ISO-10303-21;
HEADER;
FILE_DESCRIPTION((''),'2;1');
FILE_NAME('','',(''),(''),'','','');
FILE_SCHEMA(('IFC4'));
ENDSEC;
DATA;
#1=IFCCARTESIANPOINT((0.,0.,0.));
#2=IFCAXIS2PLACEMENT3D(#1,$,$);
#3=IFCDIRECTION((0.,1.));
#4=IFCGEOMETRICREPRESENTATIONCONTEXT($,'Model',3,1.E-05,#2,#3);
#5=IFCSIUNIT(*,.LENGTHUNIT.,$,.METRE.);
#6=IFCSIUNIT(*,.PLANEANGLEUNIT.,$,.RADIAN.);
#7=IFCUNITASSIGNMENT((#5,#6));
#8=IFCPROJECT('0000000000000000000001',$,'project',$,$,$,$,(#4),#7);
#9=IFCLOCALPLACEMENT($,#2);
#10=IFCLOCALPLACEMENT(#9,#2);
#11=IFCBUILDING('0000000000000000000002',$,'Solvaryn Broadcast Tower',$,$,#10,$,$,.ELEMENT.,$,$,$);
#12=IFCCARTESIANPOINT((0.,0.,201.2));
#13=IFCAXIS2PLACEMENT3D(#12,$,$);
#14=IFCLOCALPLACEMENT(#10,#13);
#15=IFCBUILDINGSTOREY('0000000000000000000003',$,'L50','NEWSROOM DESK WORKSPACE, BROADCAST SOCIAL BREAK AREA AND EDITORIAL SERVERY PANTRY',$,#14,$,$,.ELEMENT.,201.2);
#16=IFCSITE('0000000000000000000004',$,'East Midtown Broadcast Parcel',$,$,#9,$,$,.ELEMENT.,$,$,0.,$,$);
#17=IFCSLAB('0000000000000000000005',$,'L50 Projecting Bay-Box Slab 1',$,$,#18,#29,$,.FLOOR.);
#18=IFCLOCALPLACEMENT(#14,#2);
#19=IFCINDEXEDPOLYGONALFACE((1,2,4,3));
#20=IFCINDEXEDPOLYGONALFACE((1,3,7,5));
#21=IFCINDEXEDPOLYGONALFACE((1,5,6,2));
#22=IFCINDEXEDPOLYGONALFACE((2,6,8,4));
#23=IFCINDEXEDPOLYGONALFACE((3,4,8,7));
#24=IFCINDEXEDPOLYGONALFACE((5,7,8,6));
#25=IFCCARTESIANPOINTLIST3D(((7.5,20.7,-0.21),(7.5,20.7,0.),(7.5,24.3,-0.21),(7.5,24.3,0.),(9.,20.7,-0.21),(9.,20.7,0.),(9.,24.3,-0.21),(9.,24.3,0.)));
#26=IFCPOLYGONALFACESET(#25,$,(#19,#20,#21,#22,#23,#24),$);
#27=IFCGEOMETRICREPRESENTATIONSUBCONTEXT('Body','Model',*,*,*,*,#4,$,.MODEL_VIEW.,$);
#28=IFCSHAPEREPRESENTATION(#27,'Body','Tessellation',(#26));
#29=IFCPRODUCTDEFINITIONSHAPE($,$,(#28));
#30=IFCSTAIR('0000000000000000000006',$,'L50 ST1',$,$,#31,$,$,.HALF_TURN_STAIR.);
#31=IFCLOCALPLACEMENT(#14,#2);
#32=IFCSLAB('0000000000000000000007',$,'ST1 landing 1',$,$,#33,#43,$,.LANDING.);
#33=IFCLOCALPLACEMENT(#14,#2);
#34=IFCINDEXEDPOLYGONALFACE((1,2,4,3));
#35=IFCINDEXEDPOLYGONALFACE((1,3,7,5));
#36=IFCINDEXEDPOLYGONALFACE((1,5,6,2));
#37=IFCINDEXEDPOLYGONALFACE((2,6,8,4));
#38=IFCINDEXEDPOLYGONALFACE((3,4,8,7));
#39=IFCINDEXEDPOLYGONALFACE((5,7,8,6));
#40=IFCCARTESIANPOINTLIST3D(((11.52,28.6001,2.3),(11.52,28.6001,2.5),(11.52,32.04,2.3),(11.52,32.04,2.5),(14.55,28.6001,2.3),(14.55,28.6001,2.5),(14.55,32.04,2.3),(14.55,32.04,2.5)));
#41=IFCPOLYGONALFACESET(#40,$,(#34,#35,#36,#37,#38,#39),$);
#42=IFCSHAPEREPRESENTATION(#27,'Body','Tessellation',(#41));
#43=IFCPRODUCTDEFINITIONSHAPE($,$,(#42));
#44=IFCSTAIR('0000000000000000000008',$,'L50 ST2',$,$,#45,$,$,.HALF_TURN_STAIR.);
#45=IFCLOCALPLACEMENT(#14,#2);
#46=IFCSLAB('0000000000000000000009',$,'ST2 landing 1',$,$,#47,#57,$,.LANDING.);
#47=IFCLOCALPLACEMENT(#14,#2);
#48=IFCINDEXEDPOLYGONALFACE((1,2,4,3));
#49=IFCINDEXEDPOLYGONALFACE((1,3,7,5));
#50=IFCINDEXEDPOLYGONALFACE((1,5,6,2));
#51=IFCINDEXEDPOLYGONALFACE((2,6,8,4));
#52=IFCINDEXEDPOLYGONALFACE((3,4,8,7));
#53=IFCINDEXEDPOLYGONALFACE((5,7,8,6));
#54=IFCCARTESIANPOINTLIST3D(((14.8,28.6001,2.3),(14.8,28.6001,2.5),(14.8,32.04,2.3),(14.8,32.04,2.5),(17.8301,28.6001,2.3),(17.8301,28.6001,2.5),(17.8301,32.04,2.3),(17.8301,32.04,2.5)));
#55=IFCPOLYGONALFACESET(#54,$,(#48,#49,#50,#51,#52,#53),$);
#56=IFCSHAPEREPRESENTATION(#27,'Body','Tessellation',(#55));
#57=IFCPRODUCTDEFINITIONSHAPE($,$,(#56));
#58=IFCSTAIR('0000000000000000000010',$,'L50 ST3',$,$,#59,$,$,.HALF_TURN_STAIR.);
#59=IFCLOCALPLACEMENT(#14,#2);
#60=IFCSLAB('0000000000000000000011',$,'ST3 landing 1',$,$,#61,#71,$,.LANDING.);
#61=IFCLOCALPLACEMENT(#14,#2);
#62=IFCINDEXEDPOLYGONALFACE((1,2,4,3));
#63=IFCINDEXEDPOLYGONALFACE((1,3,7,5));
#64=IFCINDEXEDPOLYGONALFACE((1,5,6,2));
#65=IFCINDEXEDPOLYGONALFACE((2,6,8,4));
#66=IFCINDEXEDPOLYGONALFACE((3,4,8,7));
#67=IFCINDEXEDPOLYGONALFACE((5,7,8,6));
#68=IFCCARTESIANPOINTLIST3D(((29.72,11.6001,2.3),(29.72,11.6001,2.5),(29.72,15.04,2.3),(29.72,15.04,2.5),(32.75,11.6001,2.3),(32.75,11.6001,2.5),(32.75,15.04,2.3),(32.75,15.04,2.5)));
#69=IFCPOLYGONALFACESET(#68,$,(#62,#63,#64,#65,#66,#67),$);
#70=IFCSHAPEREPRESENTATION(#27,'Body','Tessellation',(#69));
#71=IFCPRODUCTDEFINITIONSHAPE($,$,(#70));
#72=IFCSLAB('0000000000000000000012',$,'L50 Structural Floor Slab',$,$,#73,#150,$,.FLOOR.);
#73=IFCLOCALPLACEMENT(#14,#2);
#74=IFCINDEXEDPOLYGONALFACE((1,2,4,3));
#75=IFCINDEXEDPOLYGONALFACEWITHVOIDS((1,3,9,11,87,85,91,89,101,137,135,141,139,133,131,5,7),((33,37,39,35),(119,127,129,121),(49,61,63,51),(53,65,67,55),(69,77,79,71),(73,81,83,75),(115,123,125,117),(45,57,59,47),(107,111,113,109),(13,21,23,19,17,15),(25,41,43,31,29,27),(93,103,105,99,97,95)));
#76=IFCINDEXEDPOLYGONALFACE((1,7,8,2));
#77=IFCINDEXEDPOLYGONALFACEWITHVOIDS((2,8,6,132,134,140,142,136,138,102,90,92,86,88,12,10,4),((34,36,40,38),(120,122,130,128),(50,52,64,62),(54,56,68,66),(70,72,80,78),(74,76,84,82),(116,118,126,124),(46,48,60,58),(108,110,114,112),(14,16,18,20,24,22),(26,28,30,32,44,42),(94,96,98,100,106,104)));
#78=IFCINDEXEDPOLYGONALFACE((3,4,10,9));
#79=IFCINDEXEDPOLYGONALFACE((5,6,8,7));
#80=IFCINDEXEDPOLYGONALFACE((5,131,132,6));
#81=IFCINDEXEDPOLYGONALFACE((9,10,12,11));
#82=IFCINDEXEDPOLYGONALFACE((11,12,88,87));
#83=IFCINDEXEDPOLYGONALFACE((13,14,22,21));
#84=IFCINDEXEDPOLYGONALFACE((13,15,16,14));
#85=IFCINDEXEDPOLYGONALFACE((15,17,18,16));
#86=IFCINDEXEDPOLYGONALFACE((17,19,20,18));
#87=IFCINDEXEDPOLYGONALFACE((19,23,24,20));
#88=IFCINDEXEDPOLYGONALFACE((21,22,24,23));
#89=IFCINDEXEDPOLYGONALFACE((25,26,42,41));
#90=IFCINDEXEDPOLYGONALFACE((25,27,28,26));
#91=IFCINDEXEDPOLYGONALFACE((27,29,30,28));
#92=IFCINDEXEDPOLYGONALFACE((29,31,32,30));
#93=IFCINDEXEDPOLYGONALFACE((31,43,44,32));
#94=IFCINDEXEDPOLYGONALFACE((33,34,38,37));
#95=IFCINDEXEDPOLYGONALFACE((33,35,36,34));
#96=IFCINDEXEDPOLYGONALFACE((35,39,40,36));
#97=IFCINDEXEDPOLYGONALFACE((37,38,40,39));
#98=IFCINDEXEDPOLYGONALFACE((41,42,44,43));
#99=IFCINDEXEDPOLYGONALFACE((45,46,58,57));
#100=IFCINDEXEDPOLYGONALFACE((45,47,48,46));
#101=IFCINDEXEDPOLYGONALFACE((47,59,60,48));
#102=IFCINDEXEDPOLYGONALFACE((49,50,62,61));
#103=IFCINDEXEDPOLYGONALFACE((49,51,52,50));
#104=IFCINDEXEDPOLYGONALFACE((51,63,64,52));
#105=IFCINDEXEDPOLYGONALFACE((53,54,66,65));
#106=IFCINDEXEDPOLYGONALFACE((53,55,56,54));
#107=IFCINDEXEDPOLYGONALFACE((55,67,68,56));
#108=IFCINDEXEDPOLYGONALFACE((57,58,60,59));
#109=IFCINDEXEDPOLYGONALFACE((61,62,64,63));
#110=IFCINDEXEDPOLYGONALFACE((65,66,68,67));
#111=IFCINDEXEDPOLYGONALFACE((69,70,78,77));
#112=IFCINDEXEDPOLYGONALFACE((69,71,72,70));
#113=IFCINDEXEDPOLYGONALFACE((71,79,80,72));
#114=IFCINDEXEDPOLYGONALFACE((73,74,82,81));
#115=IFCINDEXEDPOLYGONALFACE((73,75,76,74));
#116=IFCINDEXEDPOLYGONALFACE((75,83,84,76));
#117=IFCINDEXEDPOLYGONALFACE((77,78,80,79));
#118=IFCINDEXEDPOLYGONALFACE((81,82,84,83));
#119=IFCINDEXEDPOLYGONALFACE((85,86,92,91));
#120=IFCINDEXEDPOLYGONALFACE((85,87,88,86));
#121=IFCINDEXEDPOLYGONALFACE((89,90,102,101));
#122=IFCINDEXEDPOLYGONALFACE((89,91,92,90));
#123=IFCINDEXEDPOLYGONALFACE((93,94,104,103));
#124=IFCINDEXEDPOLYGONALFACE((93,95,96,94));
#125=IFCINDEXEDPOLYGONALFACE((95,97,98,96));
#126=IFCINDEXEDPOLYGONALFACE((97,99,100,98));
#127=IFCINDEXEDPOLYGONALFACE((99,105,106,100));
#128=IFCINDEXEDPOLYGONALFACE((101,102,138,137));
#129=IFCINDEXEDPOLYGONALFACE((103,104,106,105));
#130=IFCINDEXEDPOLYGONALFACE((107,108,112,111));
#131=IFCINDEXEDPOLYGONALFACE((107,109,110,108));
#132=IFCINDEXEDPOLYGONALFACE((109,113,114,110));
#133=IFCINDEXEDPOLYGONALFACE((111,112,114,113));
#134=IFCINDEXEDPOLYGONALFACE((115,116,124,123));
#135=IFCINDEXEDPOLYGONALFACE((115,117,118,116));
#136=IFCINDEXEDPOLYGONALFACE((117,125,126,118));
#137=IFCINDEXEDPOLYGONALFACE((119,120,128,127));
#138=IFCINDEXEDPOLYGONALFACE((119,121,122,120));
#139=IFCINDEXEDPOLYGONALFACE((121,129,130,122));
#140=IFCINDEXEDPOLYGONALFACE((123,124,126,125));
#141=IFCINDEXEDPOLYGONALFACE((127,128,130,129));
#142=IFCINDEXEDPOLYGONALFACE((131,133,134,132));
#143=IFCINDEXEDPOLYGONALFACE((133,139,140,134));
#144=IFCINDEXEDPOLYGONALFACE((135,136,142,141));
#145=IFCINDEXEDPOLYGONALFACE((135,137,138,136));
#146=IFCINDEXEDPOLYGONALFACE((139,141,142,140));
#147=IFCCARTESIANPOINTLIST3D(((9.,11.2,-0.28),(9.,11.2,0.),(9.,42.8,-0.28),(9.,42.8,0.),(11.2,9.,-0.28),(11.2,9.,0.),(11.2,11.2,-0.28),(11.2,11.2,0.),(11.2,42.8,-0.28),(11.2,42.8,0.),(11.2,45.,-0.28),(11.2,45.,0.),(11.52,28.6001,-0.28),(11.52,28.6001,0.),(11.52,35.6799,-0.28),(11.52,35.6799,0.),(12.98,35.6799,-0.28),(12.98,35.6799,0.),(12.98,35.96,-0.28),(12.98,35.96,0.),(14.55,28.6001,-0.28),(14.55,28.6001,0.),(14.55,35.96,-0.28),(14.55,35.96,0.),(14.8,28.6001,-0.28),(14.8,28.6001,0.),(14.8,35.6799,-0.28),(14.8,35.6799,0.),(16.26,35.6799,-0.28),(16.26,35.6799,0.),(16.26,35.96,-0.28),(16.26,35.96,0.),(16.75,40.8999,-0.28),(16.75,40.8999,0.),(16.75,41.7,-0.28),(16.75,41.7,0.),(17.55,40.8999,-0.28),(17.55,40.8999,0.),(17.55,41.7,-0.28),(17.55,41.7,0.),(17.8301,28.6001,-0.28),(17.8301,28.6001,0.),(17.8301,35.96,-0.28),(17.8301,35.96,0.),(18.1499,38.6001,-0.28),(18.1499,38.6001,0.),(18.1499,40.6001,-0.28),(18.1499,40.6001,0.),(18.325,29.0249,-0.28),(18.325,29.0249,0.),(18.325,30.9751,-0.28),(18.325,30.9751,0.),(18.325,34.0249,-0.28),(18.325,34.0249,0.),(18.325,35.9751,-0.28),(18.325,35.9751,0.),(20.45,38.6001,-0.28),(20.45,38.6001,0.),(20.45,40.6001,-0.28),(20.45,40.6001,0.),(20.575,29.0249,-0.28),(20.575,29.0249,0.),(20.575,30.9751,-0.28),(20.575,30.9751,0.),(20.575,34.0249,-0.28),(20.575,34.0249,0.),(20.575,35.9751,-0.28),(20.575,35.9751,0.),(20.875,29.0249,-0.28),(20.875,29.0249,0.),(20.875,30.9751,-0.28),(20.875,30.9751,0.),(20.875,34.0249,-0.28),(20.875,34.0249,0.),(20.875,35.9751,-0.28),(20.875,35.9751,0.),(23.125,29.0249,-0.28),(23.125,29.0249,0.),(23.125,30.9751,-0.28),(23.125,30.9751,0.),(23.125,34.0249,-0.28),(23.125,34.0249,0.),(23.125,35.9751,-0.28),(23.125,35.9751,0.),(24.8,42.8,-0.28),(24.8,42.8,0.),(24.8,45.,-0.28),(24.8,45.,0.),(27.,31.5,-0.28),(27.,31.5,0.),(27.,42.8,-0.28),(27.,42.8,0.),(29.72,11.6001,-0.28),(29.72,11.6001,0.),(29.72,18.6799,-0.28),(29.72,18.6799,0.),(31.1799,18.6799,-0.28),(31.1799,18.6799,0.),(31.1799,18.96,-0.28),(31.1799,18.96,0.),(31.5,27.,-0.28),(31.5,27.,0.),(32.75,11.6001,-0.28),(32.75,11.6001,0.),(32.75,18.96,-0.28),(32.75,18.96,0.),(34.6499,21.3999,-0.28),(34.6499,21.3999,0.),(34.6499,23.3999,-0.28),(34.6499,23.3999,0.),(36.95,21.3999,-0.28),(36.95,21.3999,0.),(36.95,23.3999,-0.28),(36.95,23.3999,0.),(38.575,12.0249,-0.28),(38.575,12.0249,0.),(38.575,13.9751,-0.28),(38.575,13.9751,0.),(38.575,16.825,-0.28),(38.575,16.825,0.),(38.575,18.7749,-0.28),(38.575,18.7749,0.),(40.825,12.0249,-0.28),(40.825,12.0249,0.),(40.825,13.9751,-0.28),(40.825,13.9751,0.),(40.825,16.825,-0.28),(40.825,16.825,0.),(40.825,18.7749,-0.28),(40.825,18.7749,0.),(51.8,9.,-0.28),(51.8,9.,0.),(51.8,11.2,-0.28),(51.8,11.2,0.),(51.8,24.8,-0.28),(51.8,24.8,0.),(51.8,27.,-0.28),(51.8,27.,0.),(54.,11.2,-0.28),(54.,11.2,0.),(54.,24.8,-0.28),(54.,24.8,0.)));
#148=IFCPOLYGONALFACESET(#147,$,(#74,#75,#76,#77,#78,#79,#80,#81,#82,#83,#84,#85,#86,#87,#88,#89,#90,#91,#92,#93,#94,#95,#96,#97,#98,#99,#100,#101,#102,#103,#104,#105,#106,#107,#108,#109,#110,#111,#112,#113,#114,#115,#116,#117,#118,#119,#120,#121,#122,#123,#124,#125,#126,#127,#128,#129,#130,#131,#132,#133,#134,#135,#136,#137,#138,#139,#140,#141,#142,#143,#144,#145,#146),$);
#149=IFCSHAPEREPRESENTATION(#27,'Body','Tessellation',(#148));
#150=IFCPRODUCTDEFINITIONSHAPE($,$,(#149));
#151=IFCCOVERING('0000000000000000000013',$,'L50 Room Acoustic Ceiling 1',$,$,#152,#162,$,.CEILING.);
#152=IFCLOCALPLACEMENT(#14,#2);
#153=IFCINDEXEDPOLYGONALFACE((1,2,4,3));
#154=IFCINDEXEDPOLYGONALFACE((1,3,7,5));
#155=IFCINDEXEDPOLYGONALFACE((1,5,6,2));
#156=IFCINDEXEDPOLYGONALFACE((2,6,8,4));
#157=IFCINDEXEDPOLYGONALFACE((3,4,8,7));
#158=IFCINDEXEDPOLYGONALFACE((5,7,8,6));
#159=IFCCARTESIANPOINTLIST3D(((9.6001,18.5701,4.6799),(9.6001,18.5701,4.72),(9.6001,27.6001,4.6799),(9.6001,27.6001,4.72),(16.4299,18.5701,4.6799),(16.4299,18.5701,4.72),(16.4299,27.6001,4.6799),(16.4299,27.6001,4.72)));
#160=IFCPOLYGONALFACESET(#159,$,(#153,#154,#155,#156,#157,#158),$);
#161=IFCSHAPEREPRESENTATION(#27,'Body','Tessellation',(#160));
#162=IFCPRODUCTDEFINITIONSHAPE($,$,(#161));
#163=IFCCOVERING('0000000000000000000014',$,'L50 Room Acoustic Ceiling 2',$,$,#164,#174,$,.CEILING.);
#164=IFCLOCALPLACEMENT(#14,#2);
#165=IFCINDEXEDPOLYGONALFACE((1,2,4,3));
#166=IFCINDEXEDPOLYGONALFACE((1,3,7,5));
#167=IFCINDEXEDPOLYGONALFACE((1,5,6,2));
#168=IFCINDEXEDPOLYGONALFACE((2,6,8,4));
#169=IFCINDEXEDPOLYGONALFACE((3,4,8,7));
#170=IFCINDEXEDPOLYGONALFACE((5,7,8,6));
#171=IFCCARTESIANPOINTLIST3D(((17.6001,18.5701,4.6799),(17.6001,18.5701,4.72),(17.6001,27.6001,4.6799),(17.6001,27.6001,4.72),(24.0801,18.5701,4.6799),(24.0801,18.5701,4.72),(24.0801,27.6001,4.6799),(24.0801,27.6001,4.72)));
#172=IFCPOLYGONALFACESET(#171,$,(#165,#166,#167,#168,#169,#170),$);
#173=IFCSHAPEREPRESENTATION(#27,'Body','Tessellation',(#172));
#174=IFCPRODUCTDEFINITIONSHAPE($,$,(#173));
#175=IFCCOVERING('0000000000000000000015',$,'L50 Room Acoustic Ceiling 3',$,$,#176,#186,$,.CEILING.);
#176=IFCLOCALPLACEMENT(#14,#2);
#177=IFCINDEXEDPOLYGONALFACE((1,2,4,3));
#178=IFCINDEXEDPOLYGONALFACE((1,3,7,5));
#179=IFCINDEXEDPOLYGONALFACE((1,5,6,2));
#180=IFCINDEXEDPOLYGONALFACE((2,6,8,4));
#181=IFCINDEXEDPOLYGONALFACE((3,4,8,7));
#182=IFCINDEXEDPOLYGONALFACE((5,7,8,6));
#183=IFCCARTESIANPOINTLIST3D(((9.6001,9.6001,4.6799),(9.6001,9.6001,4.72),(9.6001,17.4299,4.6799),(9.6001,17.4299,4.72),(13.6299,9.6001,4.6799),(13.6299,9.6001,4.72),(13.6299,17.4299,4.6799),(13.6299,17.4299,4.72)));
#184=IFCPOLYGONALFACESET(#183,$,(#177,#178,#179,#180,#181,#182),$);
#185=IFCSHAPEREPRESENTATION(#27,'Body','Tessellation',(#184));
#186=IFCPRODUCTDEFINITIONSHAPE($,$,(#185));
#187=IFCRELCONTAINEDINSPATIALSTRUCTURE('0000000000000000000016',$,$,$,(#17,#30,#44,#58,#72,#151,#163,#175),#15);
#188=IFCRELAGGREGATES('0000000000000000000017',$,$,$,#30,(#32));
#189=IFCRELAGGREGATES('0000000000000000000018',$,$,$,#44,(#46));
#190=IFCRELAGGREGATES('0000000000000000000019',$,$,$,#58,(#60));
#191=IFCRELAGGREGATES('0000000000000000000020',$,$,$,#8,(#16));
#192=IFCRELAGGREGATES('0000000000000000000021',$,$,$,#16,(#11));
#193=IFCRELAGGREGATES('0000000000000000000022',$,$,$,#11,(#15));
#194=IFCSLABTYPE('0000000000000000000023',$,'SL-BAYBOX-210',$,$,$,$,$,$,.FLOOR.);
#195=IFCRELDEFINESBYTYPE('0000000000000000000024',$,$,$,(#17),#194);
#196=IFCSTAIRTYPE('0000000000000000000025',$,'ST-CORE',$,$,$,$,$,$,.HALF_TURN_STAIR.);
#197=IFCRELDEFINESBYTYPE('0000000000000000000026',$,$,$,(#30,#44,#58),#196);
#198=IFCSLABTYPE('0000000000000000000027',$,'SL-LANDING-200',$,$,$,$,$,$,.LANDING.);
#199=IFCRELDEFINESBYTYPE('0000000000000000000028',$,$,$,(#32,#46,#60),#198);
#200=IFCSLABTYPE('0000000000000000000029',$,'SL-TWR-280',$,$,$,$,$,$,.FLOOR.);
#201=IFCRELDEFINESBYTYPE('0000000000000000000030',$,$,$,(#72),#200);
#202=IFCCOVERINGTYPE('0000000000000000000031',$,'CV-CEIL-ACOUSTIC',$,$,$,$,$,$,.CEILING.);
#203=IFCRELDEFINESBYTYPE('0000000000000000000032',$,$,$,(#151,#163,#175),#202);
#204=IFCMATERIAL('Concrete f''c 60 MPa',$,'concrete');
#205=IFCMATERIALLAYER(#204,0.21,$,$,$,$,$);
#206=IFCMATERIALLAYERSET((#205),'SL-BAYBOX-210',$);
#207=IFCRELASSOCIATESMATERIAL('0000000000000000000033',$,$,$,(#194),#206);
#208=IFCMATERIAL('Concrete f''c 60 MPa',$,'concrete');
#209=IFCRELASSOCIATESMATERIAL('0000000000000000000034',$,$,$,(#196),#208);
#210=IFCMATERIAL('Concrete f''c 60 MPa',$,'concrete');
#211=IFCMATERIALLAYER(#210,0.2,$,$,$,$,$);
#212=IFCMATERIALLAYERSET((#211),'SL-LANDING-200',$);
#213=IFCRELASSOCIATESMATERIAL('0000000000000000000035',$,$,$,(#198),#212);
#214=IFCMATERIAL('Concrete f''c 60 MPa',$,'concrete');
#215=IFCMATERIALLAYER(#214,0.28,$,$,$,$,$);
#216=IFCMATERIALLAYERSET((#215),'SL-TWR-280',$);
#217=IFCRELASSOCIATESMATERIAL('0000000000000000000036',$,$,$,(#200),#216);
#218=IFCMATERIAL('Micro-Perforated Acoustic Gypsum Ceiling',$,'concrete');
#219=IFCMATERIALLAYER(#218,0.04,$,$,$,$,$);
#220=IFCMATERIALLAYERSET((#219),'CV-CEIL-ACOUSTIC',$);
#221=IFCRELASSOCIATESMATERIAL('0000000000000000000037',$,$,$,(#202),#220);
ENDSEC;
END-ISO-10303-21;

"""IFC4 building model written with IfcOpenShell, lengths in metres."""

from ifc_helpers import new_model, si_unit, direction, frame, origin, place, context, subcontext, project, spatial, polyline, outline, extrude, material, layer, layer_set, type_object, element, aggregate, save


model = new_model("IFC4")

# Units and contexts
model_context = context("Model", 3, precision=1e-05, world=origin(), true_north=direction((0.0, 1.0)))
body_context = subcontext(model_context, "Body", "Model", "MODEL_VIEW")
ifc_project = project(units=[si_unit("LENGTHUNIT", "METRE"), si_unit("PLANEANGLEUNIT", "RADIAN")], contexts=[model_context])

# Site, building, storey
site_placement = place(None, origin())
site = spatial("IfcSite", under=ifc_project, at=site_placement, Name="East Midtown Broadcast Parcel", CompositionType="ELEMENT", RefElevation=0.0)
building_placement = place(site_placement, origin())
building = spatial("IfcBuilding", under=site, at=building_placement, Name="Solvaryn Broadcast Tower", CompositionType="ELEMENT")
storey_placement = place(building_placement, frame((0.0, 0.0, 201.2)))
storey = spatial("IfcBuildingStorey", under=building, at=storey_placement, Name="L50", Description="NEWSROOM DESK WORKSPACE, BROADCAST SOCIAL BREAK AREA AND EDITORIAL SERVERY PANTRY", CompositionType="ELEMENT", Elevation=201.2)

# Slab
ifc_material_1 = material(Name="Concrete f'c 60 MPa", Category="concrete")
ifc_layer_1 = layer(ifc_material_1, 0.21)
ifc_layer_set_1 = layer_set([ifc_layer_1], Name="SL-BAYBOX-210")
slab_type_1 = type_object("IfcSlabType", Name="SL-BAYBOX-210", PredefinedType="FLOOR", material=ifc_layer_set_1)
slab_1_placement = place(storey_placement, frame((0.0, 0.0, -0.21)))
element("IfcSlab", 1, at=slab_1_placement, inside=storey, type_object=slab_type_1, Name="L50 Projecting Bay-Box Slab 1", PredefinedType="FLOOR", context=body_context, shape_type="SweptSolid", body=[
    extrude(outline(polyline([(7.5, 20.7), (9.0, 20.7), (9.0, 24.3), (7.5, 24.3), (7.5, 20.7)])), origin(), (0.0, 0.0, 1.0), 0.21),
])

# Stairs, slabs
ifc_material_2 = material(Name="Concrete f'c 60 MPa", Category="concrete")
stair_type = type_object("IfcStairType", Name="ST-CORE", PredefinedType="HALF_TURN_STAIR", material=ifc_material_2)
stair_1_placement = place(storey_placement, origin())
stair_1 = element("IfcStair", 2, at=stair_1_placement, inside=storey, type_object=stair_type, Name="L50 ST1", PredefinedType="HALF_TURN_STAIR")
ifc_material_3 = material(Name="Concrete f'c 60 MPa", Category="concrete")
ifc_layer_2 = layer(ifc_material_3, 0.2)
ifc_layer_set_2 = layer_set([ifc_layer_2], Name="SL-LANDING-200")
slab_type_2 = type_object("IfcSlabType", Name="SL-LANDING-200", PredefinedType="LANDING", material=ifc_layer_set_2)
slab_2_placement = place(storey_placement, frame((0.0, 0.0, 2.3)))
slab_2 = element("IfcSlab", 3, at=slab_2_placement, type_object=slab_type_2, Name="ST1 landing 1", PredefinedType="LANDING", context=body_context, shape_type="SweptSolid", body=[
    extrude(outline(polyline([(11.52, 32.04), (11.52, 28.6001), (14.55, 28.6001), (14.55, 32.04), (11.52, 32.04)])), origin(), (0.0, 0.0, 1.0), 0.2),
])
aggregate(stair_1, [slab_2])
stair_2_placement = place(storey_placement, origin())
stair_2 = element("IfcStair", 4, at=stair_2_placement, inside=storey, type_object=stair_type, Name="L50 ST2", PredefinedType="HALF_TURN_STAIR")
slab_3_placement = place(storey_placement, frame((0.0, 0.0, 2.3)))
slab_3 = element("IfcSlab", 5, at=slab_3_placement, type_object=slab_type_2, Name="ST2 landing 1", PredefinedType="LANDING", context=body_context, shape_type="SweptSolid", body=[
    extrude(outline(polyline([(14.8, 32.04), (14.8, 28.6001), (17.8301, 28.6001), (17.8301, 32.04), (14.8, 32.04)])), origin(), (0.0, 0.0, 1.0), 0.2),
])
aggregate(stair_2, [slab_3])
stair_3_placement = place(storey_placement, origin())
stair_3 = element("IfcStair", 6, at=stair_3_placement, inside=storey, type_object=stair_type, Name="L50 ST3", PredefinedType="HALF_TURN_STAIR")
slab_4_placement = place(storey_placement, frame((0.0, 0.0, 2.3)))
slab_4 = element("IfcSlab", 7, at=slab_4_placement, type_object=slab_type_2, Name="ST3 landing 1", PredefinedType="LANDING", context=body_context, shape_type="SweptSolid", body=[
    extrude(outline(polyline([(29.72, 15.04), (29.72, 11.6001), (32.75, 11.6001), (32.75, 15.04), (29.72, 15.04)])), origin(), (0.0, 0.0, 1.0), 0.2),
])
aggregate(stair_3, [slab_4])

# Slab
ifc_material_4 = material(Name="Concrete f'c 60 MPa", Category="concrete")
ifc_layer_3 = layer(ifc_material_4, 0.28)
ifc_layer_set_3 = layer_set([ifc_layer_3], Name="SL-TWR-280")
slab_type_3 = type_object("IfcSlabType", Name="SL-TWR-280", PredefinedType="FLOOR", material=ifc_layer_set_3)
slab_5_placement = place(storey_placement, frame((0.0, 0.0, -0.28)))
element("IfcSlab", 8, at=slab_5_placement, inside=storey, type_object=slab_type_3, Name="L50 Structural Floor Slab", PredefinedType="FLOOR", context=body_context, shape_type="SweptSolid", body=[
    extrude(outline(polyline([(11.2, 9.0), (51.8, 9.0), (51.8, 11.2), (54.0, 11.2), (54.0, 24.8), (51.8, 24.8), (51.8, 27.0), (31.5, 27.0), (27.0, 31.5), (27.0, 42.8), (24.8, 42.8), (24.8, 45.0), (11.2, 45.0), (11.2, 42.8), (9.0, 42.8), (9.0, 11.2), (11.2, 11.2), (11.2, 9.0)]), holes=[polyline([(11.52, 28.6001), (14.55, 28.6001), (14.55, 35.96), (12.98, 35.96), (12.98, 35.6799), (11.52, 35.6799), (11.52, 28.6001)]), polyline([(14.8, 28.6001), (17.8301, 28.6001), (17.8301, 35.96), (16.26, 35.96), (16.26, 35.6799), (14.8, 35.6799), (14.8, 28.6001)]), polyline([(29.72, 11.6001), (32.75, 11.6001), (32.75, 18.96), (31.1799, 18.96), (31.1799, 18.6799), (29.72, 18.6799), (29.72, 11.6001)]), polyline([(18.1499, 38.6001), (20.45, 38.6001), (20.45, 40.6001), (18.1499, 40.6001), (18.1499, 38.6001)]), polyline([(18.325, 29.0249), (20.575, 29.0249), (20.575, 30.9751), (18.325, 30.9751), (18.325, 29.0249)]), polyline([(20.875, 29.0249), (23.125, 29.0249), (23.125, 30.9751), (20.875, 30.9751), (20.875, 29.0249)]), polyline([(18.325, 34.0249), (20.575, 34.0249), (20.575, 35.9751), (18.325, 35.9751), (18.325, 34.0249)]), polyline([(20.875, 34.0249), (23.125, 34.0249), (23.125, 35.9751), (20.875, 35.9751), (20.875, 34.0249)]), polyline([(34.6499, 21.3999), (36.95, 21.3999), (36.95, 23.3999), (34.6499, 23.3999), (34.6499, 21.3999)]), polyline([(38.575, 12.0249), (40.825, 12.0249), (40.825, 13.9751), (38.575, 13.9751), (38.575, 12.0249)]), polyline([(38.575, 16.825), (40.825, 16.825), (40.825, 18.7749), (38.575, 18.7749), (38.575, 16.825)]), polyline([(16.75, 40.8999), (17.55, 40.8999), (17.55, 41.7), (16.75, 41.7), (16.75, 40.8999)])]), origin(), (0.0, 0.0, 1.0), 0.28),
])

# Coverings
ifc_material_5 = material(Name="Micro-Perforated Acoustic Gypsum Ceiling", Category="concrete")
ifc_layer_4 = layer(ifc_material_5, 0.04)
ifc_layer_set_4 = layer_set([ifc_layer_4], Name="CV-CEIL-ACOUSTIC")
covering_type_1 = type_object("IfcCoveringType", Name="CV-CEIL-ACOUSTIC", PredefinedType="CEILING", material=ifc_layer_set_4)
covering_1_placement = place(storey_placement, frame((0.0, 0.0, 4.6799)))
element("IfcCovering", 9, at=covering_1_placement, inside=storey, type_object=covering_type_1, Name="L50 Room Acoustic Ceiling 1", PredefinedType="CEILING", context=body_context, shape_type="SweptSolid", body=[
    extrude(outline(polyline([(9.6001, 18.5701), (16.4299, 18.5701), (16.4299, 27.6001), (9.6001, 27.6001), (9.6001, 18.5701)])), origin(), (0.0, 0.0, 1.0), 0.04),
])
covering_2_placement = place(storey_placement, frame((0.0, 0.0, 4.6799)))
element("IfcCovering", 10, at=covering_2_placement, inside=storey, type_object=covering_type_1, Name="L50 Room Acoustic Ceiling 2", PredefinedType="CEILING", context=body_context, shape_type="SweptSolid", body=[
    extrude(outline(polyline([(17.6001, 18.5701), (24.0801, 18.5701), (24.0801, 27.6001), (17.6001, 27.6001), (17.6001, 18.5701)])), origin(), (0.0, 0.0, 1.0), 0.04),
])
covering_3_placement = place(storey_placement, frame((0.0, 0.0, 4.6799)))
element("IfcCovering", 11, at=covering_3_placement, inside=storey, type_object=covering_type_1, Name="L50 Room Acoustic Ceiling 3", PredefinedType="CEILING", context=body_context, shape_type="SweptSolid", body=[
    extrude(outline(polyline([(9.6001, 9.6001), (13.6299, 9.6001), (13.6299, 17.4299), (9.6001, 17.4299), (9.6001, 9.6001)])), origin(), (0.0, 0.0, 1.0), 0.04),
])

save(model, "model.ifc")
